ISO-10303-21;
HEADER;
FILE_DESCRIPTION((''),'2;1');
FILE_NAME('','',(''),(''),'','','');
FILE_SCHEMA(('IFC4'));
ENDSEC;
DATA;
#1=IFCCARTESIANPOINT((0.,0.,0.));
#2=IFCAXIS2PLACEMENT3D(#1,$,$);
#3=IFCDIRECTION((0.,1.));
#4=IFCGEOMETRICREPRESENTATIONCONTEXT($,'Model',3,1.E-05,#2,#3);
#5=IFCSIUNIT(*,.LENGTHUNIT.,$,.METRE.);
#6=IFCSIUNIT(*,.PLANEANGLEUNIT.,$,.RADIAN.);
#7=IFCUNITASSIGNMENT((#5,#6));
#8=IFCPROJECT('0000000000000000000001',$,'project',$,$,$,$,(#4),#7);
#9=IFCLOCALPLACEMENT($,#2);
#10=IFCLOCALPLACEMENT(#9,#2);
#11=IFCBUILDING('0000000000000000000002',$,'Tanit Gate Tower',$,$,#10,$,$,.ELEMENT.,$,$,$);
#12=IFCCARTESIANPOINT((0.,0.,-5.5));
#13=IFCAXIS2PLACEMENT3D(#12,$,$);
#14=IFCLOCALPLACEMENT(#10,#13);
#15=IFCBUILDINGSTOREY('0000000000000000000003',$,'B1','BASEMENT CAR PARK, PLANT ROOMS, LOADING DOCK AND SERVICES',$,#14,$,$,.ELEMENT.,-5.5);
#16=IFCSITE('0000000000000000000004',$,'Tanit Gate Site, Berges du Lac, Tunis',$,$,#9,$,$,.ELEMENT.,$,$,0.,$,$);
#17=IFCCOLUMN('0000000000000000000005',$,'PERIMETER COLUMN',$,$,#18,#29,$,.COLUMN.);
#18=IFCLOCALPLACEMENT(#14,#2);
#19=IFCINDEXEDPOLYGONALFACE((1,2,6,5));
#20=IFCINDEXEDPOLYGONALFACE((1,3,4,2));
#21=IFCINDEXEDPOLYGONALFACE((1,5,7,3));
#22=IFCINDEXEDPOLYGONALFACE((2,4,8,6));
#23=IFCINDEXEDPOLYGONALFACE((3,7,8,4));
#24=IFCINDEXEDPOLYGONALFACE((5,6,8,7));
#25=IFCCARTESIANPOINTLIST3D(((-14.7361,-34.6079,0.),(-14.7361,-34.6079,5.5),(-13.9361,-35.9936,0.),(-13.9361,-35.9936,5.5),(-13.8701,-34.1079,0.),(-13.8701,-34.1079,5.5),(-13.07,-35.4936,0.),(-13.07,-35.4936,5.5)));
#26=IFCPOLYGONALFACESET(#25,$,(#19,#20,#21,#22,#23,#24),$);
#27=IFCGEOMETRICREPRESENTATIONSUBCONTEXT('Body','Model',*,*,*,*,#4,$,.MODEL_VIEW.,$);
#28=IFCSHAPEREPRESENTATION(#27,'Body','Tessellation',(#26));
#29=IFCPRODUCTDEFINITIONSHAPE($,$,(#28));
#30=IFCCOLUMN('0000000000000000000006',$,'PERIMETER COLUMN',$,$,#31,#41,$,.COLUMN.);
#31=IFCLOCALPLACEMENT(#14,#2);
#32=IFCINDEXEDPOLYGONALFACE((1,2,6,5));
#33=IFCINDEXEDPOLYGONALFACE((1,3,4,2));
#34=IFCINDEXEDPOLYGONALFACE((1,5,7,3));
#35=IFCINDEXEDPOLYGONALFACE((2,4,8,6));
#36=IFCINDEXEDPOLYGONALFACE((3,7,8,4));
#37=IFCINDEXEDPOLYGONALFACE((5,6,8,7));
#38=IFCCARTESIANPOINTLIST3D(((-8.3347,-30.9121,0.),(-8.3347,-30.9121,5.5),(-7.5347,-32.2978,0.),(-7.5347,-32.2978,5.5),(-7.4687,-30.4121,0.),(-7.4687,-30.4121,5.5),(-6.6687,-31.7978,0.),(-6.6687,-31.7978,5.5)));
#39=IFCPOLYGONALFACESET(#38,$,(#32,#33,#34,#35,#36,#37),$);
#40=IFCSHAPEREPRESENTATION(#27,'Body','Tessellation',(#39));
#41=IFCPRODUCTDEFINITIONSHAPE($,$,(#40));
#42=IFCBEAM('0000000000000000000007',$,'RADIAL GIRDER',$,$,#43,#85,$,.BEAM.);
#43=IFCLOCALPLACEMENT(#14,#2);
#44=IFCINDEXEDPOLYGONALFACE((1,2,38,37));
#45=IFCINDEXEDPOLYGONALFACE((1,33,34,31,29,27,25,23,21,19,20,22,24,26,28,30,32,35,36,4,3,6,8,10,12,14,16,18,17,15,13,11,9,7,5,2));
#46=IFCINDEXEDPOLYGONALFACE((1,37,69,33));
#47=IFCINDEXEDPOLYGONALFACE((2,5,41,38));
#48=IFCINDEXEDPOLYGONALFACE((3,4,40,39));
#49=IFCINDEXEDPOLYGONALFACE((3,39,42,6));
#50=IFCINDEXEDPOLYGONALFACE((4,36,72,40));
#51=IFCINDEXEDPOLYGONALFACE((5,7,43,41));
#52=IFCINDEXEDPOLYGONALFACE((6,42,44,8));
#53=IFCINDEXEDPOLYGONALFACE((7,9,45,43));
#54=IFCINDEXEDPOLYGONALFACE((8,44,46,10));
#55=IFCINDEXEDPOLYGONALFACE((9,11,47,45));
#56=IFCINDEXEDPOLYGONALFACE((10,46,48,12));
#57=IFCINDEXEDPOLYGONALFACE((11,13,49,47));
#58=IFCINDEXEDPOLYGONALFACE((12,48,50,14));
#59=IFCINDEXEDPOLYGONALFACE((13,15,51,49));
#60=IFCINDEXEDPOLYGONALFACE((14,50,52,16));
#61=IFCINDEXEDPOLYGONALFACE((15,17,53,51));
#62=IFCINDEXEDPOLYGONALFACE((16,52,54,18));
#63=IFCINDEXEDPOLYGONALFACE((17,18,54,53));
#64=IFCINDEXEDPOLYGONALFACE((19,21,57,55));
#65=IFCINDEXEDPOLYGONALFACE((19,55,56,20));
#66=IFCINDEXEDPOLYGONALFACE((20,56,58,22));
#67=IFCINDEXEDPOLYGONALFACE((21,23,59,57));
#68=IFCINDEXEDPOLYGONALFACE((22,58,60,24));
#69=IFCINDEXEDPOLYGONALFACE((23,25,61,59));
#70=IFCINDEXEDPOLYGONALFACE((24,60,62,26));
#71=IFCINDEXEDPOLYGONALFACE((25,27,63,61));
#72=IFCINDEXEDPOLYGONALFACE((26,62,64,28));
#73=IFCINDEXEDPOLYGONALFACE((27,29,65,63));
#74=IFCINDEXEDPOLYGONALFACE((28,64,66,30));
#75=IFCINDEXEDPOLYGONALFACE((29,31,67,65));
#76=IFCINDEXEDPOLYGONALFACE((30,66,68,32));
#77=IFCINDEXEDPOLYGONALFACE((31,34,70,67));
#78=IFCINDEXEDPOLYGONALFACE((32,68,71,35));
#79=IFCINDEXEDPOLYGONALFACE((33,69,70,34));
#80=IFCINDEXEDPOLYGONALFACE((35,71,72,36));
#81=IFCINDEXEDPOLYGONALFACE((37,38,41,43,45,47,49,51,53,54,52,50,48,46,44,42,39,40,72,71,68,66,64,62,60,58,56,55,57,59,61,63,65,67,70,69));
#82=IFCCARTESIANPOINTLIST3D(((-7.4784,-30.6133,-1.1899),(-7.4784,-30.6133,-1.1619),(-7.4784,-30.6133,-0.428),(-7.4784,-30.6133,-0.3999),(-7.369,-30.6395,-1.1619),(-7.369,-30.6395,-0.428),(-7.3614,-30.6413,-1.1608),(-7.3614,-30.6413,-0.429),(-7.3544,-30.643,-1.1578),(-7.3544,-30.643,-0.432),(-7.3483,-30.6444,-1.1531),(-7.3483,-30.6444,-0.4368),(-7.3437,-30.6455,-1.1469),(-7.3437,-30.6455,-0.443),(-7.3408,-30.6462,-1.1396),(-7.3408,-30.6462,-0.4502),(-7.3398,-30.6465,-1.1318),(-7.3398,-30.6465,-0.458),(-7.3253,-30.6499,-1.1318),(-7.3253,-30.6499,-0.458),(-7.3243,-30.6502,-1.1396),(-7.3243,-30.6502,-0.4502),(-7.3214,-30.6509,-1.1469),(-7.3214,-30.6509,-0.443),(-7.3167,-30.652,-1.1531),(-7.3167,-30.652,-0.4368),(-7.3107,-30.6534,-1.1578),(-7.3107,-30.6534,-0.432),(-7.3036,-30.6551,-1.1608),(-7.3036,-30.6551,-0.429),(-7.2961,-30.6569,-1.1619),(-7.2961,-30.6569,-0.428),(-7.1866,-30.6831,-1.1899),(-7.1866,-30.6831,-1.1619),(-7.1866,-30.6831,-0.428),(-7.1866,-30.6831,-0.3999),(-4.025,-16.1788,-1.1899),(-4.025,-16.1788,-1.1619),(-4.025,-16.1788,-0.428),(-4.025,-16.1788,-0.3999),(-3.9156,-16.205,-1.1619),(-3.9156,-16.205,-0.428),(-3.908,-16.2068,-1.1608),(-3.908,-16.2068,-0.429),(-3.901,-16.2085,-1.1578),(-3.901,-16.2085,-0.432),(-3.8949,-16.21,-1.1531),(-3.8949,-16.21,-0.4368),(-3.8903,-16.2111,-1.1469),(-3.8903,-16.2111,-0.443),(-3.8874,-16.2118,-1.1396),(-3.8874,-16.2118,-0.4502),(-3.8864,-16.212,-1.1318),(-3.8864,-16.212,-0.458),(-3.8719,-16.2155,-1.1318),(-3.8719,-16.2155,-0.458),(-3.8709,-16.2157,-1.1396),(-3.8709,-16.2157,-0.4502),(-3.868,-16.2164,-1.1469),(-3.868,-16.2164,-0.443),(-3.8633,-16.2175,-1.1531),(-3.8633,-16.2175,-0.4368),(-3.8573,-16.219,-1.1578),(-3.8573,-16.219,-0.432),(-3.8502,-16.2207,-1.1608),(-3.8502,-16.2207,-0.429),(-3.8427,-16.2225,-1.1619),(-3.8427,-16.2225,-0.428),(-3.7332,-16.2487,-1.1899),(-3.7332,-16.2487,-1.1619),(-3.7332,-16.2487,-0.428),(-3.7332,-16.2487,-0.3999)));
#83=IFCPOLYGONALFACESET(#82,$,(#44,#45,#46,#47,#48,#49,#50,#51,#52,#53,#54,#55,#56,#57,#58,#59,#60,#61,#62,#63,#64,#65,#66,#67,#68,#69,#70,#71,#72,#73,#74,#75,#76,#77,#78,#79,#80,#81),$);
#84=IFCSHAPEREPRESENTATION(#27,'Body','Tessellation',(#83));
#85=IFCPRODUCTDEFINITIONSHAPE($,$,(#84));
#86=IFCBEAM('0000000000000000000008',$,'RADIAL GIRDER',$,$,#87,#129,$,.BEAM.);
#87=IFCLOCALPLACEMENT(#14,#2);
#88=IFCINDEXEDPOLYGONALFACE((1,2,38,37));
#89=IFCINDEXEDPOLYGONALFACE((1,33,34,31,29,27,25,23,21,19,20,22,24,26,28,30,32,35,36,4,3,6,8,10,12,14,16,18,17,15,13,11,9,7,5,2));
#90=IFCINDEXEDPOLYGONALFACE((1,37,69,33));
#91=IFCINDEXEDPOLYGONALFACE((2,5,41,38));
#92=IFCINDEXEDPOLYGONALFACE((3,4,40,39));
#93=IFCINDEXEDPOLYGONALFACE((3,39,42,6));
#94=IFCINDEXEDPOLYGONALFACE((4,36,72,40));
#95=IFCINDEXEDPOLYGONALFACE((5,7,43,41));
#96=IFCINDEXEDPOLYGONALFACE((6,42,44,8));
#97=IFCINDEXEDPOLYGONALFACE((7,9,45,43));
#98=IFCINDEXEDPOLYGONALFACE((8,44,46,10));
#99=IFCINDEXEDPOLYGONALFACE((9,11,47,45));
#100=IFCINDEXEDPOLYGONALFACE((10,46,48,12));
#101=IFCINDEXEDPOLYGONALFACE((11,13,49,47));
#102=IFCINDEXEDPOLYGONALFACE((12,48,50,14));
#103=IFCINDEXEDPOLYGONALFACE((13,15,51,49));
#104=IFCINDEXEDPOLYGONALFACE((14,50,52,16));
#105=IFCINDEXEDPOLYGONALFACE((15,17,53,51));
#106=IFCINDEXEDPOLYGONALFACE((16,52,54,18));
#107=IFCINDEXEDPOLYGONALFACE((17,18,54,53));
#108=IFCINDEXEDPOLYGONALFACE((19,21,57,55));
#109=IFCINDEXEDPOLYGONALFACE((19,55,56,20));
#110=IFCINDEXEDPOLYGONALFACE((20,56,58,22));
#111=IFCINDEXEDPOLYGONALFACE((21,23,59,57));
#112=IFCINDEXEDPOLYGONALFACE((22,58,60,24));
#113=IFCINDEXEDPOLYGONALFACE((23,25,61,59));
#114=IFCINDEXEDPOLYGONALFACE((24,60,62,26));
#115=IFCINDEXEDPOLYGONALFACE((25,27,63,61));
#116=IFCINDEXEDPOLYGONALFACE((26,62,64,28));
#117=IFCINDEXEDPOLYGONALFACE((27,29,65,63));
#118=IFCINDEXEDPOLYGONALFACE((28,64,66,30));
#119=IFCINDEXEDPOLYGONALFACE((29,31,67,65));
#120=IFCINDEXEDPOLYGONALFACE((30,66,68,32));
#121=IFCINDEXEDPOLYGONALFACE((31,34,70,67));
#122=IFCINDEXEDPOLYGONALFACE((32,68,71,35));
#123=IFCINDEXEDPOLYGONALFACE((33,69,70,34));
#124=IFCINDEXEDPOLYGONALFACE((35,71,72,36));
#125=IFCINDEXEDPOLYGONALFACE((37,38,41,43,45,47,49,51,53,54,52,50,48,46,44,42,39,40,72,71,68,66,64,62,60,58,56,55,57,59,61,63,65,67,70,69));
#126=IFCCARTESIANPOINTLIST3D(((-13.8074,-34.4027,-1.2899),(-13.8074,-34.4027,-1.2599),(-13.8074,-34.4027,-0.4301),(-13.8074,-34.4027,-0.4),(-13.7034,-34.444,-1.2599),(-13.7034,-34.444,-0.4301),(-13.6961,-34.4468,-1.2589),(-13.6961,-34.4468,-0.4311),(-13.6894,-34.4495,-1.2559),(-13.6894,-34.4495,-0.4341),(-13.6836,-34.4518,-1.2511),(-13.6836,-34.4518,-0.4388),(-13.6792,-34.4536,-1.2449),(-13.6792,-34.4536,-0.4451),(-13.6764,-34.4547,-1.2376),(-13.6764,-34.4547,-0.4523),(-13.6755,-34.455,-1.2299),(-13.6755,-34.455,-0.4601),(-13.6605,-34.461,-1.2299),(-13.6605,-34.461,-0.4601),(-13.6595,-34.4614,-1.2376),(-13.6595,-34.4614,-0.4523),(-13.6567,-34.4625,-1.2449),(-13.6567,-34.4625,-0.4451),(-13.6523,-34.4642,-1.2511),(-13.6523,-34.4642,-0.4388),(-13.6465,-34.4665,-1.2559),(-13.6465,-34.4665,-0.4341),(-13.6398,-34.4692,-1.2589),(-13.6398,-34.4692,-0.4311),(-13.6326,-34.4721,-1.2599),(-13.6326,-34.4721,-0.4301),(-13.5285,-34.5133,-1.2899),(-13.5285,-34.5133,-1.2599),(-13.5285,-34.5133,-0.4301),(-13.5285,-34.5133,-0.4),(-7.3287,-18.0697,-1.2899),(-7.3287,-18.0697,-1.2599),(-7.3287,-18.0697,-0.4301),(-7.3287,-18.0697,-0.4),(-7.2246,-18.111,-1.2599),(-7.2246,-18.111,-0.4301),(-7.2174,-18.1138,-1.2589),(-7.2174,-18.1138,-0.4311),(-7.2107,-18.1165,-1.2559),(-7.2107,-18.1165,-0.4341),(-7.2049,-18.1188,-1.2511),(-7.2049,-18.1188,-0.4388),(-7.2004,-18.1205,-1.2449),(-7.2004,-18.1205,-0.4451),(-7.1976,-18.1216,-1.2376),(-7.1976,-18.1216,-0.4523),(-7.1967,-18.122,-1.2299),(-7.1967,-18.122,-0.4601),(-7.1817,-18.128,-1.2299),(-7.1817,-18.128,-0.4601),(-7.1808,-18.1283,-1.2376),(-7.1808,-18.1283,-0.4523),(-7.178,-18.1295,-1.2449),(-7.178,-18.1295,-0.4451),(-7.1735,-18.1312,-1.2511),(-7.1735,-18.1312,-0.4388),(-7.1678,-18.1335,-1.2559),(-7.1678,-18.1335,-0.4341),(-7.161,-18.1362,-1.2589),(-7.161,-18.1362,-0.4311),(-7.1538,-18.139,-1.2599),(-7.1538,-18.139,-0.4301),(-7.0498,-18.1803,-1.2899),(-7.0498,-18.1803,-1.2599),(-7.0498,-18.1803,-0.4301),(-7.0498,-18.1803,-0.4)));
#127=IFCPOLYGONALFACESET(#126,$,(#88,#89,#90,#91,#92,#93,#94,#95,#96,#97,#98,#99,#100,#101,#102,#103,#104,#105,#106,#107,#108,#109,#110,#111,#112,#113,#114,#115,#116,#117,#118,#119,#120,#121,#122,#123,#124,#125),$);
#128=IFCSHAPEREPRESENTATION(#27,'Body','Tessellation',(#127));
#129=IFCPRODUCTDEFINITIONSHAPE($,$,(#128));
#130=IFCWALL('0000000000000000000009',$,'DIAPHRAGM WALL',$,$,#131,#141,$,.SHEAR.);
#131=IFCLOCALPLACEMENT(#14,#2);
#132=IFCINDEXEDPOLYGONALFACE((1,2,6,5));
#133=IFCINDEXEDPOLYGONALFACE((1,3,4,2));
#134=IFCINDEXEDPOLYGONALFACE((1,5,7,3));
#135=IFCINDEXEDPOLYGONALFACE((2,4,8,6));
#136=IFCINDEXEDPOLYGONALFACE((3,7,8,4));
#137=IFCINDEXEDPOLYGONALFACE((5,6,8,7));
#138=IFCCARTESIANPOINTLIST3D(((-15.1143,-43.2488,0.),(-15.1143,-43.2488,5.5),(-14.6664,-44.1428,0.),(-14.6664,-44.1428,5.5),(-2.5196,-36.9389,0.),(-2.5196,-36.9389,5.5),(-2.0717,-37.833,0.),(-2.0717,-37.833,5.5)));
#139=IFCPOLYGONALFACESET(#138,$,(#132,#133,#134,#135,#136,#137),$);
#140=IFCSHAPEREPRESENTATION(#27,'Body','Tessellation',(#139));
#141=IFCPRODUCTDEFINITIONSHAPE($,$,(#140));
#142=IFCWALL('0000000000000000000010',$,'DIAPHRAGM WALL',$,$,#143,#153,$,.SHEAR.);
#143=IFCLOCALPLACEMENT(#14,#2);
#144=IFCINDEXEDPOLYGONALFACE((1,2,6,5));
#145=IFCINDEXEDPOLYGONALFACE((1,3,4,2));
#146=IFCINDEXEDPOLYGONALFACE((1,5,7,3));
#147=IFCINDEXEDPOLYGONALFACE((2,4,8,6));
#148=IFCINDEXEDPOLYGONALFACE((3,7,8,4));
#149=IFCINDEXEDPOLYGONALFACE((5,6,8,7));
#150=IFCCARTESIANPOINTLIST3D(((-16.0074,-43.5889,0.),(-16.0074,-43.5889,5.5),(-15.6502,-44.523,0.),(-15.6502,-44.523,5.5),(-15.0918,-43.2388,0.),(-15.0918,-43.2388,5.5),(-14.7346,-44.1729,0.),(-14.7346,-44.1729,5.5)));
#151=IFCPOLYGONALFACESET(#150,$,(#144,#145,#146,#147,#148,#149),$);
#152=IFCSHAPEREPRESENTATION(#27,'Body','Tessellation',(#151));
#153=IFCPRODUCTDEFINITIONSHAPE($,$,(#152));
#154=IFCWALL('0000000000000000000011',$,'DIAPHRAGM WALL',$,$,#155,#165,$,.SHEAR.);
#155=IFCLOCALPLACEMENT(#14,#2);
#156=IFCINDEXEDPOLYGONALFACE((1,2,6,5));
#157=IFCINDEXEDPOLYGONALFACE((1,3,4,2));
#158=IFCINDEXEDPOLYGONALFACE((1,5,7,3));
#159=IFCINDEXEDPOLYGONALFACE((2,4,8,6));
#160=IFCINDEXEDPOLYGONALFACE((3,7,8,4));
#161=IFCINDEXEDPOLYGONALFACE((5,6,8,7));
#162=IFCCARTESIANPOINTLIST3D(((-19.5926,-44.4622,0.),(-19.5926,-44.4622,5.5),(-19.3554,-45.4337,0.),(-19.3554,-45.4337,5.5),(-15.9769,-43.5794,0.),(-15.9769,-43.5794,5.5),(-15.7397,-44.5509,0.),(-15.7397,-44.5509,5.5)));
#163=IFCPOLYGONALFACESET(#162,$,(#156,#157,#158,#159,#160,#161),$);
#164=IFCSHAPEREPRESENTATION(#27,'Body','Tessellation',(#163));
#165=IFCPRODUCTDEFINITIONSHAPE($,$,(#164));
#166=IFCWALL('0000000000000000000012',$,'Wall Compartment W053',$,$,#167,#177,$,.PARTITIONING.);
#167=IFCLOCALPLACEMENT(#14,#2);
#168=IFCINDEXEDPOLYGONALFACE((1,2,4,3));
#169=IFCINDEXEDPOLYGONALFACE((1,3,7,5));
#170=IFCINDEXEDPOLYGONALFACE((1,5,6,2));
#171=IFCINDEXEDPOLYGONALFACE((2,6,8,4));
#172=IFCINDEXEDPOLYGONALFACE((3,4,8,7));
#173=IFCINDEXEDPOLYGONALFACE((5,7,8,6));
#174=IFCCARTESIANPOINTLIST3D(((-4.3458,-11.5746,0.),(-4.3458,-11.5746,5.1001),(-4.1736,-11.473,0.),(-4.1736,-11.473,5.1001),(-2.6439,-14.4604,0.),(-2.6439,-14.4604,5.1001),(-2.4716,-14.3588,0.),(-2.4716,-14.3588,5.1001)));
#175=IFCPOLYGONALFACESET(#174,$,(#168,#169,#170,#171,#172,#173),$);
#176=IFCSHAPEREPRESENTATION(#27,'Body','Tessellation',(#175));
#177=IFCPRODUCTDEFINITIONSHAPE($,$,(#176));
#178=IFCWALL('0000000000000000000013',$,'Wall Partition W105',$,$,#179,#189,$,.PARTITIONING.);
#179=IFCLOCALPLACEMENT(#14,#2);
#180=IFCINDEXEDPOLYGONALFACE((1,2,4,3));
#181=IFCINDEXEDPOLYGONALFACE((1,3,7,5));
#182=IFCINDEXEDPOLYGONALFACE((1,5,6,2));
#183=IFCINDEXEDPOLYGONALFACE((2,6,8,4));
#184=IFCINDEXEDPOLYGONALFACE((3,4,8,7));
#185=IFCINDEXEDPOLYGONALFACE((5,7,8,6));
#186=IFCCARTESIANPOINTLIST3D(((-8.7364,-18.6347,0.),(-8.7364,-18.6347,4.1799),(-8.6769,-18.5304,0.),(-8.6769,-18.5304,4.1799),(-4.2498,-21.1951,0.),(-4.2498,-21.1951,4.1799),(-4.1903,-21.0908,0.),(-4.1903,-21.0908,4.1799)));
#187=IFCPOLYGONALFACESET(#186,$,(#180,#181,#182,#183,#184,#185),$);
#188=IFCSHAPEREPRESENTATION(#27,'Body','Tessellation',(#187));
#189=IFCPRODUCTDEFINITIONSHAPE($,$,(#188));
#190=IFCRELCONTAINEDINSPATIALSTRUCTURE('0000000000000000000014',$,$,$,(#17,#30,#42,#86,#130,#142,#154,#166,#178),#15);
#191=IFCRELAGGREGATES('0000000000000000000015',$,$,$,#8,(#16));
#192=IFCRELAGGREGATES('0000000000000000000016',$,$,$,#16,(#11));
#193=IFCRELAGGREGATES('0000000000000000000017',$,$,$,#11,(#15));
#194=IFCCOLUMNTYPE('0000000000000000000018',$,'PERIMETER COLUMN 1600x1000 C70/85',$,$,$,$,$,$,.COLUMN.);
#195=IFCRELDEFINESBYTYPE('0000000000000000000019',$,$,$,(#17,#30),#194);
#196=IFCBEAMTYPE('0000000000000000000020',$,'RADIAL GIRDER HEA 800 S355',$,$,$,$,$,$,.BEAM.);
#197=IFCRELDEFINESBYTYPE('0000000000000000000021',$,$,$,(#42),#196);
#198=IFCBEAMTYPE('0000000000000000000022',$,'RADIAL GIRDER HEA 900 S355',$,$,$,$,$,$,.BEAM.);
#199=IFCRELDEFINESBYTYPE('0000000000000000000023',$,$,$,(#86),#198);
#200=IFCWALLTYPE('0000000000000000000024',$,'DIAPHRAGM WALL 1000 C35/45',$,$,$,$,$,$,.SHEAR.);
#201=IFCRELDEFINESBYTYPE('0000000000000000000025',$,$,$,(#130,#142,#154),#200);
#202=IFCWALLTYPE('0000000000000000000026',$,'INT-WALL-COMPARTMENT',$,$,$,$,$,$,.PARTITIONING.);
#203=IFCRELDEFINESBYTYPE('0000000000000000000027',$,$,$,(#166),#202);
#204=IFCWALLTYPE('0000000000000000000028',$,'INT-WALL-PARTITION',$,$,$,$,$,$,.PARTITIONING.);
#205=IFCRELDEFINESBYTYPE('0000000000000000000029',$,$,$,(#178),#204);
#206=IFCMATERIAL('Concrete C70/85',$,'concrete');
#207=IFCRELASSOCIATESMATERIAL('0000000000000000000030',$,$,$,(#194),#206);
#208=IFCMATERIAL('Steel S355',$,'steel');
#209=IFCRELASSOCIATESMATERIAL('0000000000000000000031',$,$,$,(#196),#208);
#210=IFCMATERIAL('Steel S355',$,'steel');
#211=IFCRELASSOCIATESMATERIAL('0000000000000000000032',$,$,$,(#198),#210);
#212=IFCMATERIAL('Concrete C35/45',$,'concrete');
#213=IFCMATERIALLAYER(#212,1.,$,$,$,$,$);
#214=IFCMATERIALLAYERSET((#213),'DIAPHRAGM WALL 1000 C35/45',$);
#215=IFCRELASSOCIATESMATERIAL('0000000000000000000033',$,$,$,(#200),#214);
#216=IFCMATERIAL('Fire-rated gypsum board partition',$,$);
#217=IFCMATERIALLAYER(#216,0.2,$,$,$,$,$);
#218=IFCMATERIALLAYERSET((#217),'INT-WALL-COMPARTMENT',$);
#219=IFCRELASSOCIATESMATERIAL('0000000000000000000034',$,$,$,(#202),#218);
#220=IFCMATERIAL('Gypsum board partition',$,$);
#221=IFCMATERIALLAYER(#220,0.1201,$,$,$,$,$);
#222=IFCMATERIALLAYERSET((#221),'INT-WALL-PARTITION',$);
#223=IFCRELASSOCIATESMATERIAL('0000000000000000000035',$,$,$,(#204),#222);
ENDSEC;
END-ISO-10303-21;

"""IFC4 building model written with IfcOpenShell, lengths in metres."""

from ifc_helpers import new_model, si_unit, direction, frame, frame_2d, origin, origin_2d, place, context, subcontext, project, spatial, rectangle, i_section, extrude, material, layer, layer_set, material_profile, profile_set, type_object, element, save


model = new_model("IFC4")

# Units and contexts
model_context = context("Model", 3, precision=1e-05, world=origin(), true_north=direction((0.0, 1.0)))
body_context = subcontext(model_context, "Body", "Model", "MODEL_VIEW")
ifc_project = project(units=[si_unit("LENGTHUNIT", "METRE"), si_unit("PLANEANGLEUNIT", "RADIAN")], contexts=[model_context])

# Site, building, storey
site_placement = place(None, origin())
site = spatial("IfcSite", under=ifc_project, at=site_placement, Name="Tanit Gate Site, Berges du Lac, Tunis", CompositionType="ELEMENT", RefElevation=0.0)
building_placement = place(site_placement, origin())
building = spatial("IfcBuilding", under=site, at=building_placement, Name="Tanit Gate Tower", CompositionType="ELEMENT")
storey_placement = place(building_placement, frame((0.0, 0.0, -5.5)))
storey = spatial("IfcBuildingStorey", under=building, at=storey_placement, Name="B1", Description="BASEMENT CAR PARK, PLANT ROOMS, LOADING DOCK AND SERVICES", CompositionType="ELEMENT", Elevation=-5.5)

# Columns
ifc_material_1 = material(Name="Concrete C70/85", Category="concrete")
ifc_material_profile_1 = material_profile(ifc_material_1, rectangle(XDim=1.6001, YDim=1.0, at=origin_2d()), Name="RC 1600x1000")
ifc_profile_set_1 = profile_set([ifc_material_profile_1], Name="Concrete C70/85")
column_type = type_object("IfcColumnType", Name="PERIMETER COLUMN 1600x1000 C70/85", PredefinedType="COLUMN", material=ifc_profile_set_1)
for number, where, z_axis, x_axis, name in (
    (1, (-13.9031, -35.0508, 0.0), (0.0, 0.0, 1.0), (0.5, -0.866025, 0.0), "PERIMETER COLUMN"),
    (2, (-7.5017, -31.355, 0.0), (0.0, 0.0, 1.0), (0.5, -0.866025, 0.0), "PERIMETER COLUMN"),
):
    element("IfcColumn", number, at=place(storey_placement, frame(where, z_axis=z_axis, x_axis=x_axis)), inside=storey, type_object=column_type, Name=name, PredefinedType="COLUMN", context=body_context, shape_type="SweptSolid", body=[
        extrude(rectangle(XDim=1.6001, YDim=1.0, at=origin_2d()), origin(), (0.0, 0.0, 1.0), 5.5),
    ])

# Beams
ifc_material_2 = material(Name="Steel S355", Category="steel")
ifc_material_profile_2 = material_profile(ifc_material_2, i_section(OverallWidth=0.3, OverallDepth=0.79, WebThickness=0.0149, FlangeThickness=0.0281, FilletRadius=0.03, at=origin_2d()), Name="HEA 800")
ifc_profile_set_2 = profile_set([ifc_material_profile_2], Name="Steel S355")
beam_type_1 = type_object("IfcBeamType", Name="RADIAL GIRDER HEA 800 S355", PredefinedType="BEAM", material=ifc_profile_set_2)
beam_1_placement = place(storey_placement, frame((-7.3325, -30.6482, -0.7949), z_axis=(0.23268, 0.972553, 0.0), x_axis=(-0.972553, 0.23268, 0.0)))
element("IfcBeam", 3, at=beam_1_placement, inside=storey, type_object=beam_type_1, Name="RADIAL GIRDER", PredefinedType="BEAM", context=body_context, shape_type="SweptSolid", body=[
    extrude(i_section(OverallWidth=0.3, OverallDepth=0.79, WebThickness=0.0149, FlangeThickness=0.0281, FilletRadius=0.03, at=origin_2d()), origin(), (0.0, 0.0, 1.0), 14.8418),
])
ifc_material_3 = material(Name="Steel S355", Category="steel")
ifc_material_profile_3 = material_profile(ifc_material_3, i_section(OverallWidth=0.3, OverallDepth=0.8899, WebThickness=0.0161, FlangeThickness=0.03, FilletRadius=0.03, at=origin_2d()), Name="HEA 900")
ifc_profile_set_3 = profile_set([ifc_material_profile_3], Name="Steel S355")
beam_type_2 = type_object("IfcBeamType", Name="RADIAL GIRDER HEA 900 S355", PredefinedType="BEAM", material=ifc_profile_set_3)
beam_2_placement = place(storey_placement, frame((-13.668, -34.458, -0.845), z_axis=(0.368718, 0.929541, 0.0), x_axis=(-0.929541, 0.368718, 0.0)))
element("IfcBeam", 4, at=beam_2_placement, inside=storey, type_object=beam_type_2, Name="RADIAL GIRDER", PredefinedType="BEAM", context=body_context, shape_type="SweptSolid", body=[
    extrude(i_section(OverallWidth=0.3, OverallDepth=0.8899, WebThickness=0.0161, FlangeThickness=0.03, FilletRadius=0.03, at=origin_2d()), origin(), (0.0, 0.0, 1.0), 17.571),
])

# Walls
ifc_material_4 = material(Name="Concrete C35/45", Category="concrete")
ifc_layer_1 = layer(ifc_material_4, 1.0)
ifc_layer_set_1 = layer_set([ifc_layer_1], Name="DIAPHRAGM WALL 1000 C35/45")
wall_type_1 = type_object("IfcWallType", Name="DIAPHRAGM WALL 1000 C35/45", PredefinedType="SHEAR", material=ifc_layer_set_1)
wall_1_placement = place(storey_placement, frame((-2.2957, -37.386, 0.0), z_axis=(0.0, 0.0, 1.0), x_axis=(-0.894073, -0.447921, 0.0)))
element("IfcWall", 5, at=wall_1_placement, inside=storey, type_object=wall_type_1, Name="DIAPHRAGM WALL", PredefinedType="SHEAR", context=body_context, shape_type="SweptSolid", body=[
    extrude(rectangle(XDim=14.0869, YDim=1.0, at=frame_2d((7.0435, 0.0))), origin(), (0.0, 0.0, 1.0), 5.5),
])
wall_2_placement = place(storey_placement, frame((-14.9131, -43.7058, 0.0), z_axis=(0.0, 0.0, 1.0), x_axis=(-0.934037, -0.357176, 0.0)))
element("IfcWall", 6, at=wall_2_placement, inside=storey, type_object=wall_type_1, Name="DIAPHRAGM WALL", PredefinedType="SHEAR", context=body_context, shape_type="SweptSolid", body=[
    extrude(rectangle(XDim=0.9802, YDim=1.0, at=frame_2d((0.4902, 0.0))), origin(), (0.0, 0.0, 1.0), 5.5),
])
wall_3_placement = place(storey_placement, frame((-15.8584, -44.0652, 0.0), z_axis=(0.0, 0.0, 1.0), x_axis=(-0.971463, -0.237192, 0.0)))
element("IfcWall", 7, at=wall_3_placement, inside=storey, type_object=wall_type_1, Name="DIAPHRAGM WALL", PredefinedType="SHEAR", context=body_context, shape_type="SweptSolid", body=[
    extrude(rectangle(XDim=3.7219, YDim=1.0, at=frame_2d((1.8608, 0.0))), origin(), (0.0, 0.0, 1.0), 5.5),
])
ifc_material_5 = material(Name="Fire-rated gypsum board partition")
ifc_layer_2 = layer(ifc_material_5, 0.2)
ifc_layer_set_2 = layer_set([ifc_layer_2], Name="INT-WALL-COMPARTMENT")
wall_type_2 = type_object("IfcWallType", Name="INT-WALL-COMPARTMENT", PredefinedType="PARTITIONING", material=ifc_layer_set_2)
wall_4_placement = place(storey_placement, frame((-4.2598, -11.5237, 0.0), z_axis=(0.0, 0.0, 1.0), x_axis=(0.507997, -0.861359, 0.0)))
element("IfcWall", 8, at=wall_4_placement, inside=storey, type_object=wall_type_2, Name="Wall Compartment W053", PredefinedType="PARTITIONING", context=body_context, shape_type="SweptSolid", body=[
    extrude(rectangle(XDim=3.3503, YDim=0.2, at=frame_2d((1.6753, 0.0))), origin(), (0.0, 0.0, 1.0), 5.1001),
])
ifc_material_6 = material(Name="Gypsum board partition")
ifc_layer_3 = layer(ifc_material_6, 0.1201)
ifc_layer_set_3 = layer_set([ifc_layer_3], Name="INT-WALL-PARTITION")
wall_type_3 = type_object("IfcWallType", Name="INT-WALL-PARTITION", PredefinedType="PARTITIONING", material=ifc_layer_set_3)
wall_5_placement = place(storey_placement, frame((-8.7068, -18.5825, 0.0), z_axis=(0.0, 0.0, 1.0), x_axis=(0.868531, -0.495635, 0.0)))
element("IfcWall", 9, at=wall_5_placement, inside=storey, type_object=wall_type_3, Name="Wall Partition W105", PredefinedType="PARTITIONING", context=body_context, shape_type="SweptSolid", body=[
    extrude(rectangle(XDim=5.1658, YDim=0.1201, at=frame_2d((2.583, 0.0))), origin(), (0.0, 0.0, 1.0), 4.1799),
])

save(model, "model.ifc")
